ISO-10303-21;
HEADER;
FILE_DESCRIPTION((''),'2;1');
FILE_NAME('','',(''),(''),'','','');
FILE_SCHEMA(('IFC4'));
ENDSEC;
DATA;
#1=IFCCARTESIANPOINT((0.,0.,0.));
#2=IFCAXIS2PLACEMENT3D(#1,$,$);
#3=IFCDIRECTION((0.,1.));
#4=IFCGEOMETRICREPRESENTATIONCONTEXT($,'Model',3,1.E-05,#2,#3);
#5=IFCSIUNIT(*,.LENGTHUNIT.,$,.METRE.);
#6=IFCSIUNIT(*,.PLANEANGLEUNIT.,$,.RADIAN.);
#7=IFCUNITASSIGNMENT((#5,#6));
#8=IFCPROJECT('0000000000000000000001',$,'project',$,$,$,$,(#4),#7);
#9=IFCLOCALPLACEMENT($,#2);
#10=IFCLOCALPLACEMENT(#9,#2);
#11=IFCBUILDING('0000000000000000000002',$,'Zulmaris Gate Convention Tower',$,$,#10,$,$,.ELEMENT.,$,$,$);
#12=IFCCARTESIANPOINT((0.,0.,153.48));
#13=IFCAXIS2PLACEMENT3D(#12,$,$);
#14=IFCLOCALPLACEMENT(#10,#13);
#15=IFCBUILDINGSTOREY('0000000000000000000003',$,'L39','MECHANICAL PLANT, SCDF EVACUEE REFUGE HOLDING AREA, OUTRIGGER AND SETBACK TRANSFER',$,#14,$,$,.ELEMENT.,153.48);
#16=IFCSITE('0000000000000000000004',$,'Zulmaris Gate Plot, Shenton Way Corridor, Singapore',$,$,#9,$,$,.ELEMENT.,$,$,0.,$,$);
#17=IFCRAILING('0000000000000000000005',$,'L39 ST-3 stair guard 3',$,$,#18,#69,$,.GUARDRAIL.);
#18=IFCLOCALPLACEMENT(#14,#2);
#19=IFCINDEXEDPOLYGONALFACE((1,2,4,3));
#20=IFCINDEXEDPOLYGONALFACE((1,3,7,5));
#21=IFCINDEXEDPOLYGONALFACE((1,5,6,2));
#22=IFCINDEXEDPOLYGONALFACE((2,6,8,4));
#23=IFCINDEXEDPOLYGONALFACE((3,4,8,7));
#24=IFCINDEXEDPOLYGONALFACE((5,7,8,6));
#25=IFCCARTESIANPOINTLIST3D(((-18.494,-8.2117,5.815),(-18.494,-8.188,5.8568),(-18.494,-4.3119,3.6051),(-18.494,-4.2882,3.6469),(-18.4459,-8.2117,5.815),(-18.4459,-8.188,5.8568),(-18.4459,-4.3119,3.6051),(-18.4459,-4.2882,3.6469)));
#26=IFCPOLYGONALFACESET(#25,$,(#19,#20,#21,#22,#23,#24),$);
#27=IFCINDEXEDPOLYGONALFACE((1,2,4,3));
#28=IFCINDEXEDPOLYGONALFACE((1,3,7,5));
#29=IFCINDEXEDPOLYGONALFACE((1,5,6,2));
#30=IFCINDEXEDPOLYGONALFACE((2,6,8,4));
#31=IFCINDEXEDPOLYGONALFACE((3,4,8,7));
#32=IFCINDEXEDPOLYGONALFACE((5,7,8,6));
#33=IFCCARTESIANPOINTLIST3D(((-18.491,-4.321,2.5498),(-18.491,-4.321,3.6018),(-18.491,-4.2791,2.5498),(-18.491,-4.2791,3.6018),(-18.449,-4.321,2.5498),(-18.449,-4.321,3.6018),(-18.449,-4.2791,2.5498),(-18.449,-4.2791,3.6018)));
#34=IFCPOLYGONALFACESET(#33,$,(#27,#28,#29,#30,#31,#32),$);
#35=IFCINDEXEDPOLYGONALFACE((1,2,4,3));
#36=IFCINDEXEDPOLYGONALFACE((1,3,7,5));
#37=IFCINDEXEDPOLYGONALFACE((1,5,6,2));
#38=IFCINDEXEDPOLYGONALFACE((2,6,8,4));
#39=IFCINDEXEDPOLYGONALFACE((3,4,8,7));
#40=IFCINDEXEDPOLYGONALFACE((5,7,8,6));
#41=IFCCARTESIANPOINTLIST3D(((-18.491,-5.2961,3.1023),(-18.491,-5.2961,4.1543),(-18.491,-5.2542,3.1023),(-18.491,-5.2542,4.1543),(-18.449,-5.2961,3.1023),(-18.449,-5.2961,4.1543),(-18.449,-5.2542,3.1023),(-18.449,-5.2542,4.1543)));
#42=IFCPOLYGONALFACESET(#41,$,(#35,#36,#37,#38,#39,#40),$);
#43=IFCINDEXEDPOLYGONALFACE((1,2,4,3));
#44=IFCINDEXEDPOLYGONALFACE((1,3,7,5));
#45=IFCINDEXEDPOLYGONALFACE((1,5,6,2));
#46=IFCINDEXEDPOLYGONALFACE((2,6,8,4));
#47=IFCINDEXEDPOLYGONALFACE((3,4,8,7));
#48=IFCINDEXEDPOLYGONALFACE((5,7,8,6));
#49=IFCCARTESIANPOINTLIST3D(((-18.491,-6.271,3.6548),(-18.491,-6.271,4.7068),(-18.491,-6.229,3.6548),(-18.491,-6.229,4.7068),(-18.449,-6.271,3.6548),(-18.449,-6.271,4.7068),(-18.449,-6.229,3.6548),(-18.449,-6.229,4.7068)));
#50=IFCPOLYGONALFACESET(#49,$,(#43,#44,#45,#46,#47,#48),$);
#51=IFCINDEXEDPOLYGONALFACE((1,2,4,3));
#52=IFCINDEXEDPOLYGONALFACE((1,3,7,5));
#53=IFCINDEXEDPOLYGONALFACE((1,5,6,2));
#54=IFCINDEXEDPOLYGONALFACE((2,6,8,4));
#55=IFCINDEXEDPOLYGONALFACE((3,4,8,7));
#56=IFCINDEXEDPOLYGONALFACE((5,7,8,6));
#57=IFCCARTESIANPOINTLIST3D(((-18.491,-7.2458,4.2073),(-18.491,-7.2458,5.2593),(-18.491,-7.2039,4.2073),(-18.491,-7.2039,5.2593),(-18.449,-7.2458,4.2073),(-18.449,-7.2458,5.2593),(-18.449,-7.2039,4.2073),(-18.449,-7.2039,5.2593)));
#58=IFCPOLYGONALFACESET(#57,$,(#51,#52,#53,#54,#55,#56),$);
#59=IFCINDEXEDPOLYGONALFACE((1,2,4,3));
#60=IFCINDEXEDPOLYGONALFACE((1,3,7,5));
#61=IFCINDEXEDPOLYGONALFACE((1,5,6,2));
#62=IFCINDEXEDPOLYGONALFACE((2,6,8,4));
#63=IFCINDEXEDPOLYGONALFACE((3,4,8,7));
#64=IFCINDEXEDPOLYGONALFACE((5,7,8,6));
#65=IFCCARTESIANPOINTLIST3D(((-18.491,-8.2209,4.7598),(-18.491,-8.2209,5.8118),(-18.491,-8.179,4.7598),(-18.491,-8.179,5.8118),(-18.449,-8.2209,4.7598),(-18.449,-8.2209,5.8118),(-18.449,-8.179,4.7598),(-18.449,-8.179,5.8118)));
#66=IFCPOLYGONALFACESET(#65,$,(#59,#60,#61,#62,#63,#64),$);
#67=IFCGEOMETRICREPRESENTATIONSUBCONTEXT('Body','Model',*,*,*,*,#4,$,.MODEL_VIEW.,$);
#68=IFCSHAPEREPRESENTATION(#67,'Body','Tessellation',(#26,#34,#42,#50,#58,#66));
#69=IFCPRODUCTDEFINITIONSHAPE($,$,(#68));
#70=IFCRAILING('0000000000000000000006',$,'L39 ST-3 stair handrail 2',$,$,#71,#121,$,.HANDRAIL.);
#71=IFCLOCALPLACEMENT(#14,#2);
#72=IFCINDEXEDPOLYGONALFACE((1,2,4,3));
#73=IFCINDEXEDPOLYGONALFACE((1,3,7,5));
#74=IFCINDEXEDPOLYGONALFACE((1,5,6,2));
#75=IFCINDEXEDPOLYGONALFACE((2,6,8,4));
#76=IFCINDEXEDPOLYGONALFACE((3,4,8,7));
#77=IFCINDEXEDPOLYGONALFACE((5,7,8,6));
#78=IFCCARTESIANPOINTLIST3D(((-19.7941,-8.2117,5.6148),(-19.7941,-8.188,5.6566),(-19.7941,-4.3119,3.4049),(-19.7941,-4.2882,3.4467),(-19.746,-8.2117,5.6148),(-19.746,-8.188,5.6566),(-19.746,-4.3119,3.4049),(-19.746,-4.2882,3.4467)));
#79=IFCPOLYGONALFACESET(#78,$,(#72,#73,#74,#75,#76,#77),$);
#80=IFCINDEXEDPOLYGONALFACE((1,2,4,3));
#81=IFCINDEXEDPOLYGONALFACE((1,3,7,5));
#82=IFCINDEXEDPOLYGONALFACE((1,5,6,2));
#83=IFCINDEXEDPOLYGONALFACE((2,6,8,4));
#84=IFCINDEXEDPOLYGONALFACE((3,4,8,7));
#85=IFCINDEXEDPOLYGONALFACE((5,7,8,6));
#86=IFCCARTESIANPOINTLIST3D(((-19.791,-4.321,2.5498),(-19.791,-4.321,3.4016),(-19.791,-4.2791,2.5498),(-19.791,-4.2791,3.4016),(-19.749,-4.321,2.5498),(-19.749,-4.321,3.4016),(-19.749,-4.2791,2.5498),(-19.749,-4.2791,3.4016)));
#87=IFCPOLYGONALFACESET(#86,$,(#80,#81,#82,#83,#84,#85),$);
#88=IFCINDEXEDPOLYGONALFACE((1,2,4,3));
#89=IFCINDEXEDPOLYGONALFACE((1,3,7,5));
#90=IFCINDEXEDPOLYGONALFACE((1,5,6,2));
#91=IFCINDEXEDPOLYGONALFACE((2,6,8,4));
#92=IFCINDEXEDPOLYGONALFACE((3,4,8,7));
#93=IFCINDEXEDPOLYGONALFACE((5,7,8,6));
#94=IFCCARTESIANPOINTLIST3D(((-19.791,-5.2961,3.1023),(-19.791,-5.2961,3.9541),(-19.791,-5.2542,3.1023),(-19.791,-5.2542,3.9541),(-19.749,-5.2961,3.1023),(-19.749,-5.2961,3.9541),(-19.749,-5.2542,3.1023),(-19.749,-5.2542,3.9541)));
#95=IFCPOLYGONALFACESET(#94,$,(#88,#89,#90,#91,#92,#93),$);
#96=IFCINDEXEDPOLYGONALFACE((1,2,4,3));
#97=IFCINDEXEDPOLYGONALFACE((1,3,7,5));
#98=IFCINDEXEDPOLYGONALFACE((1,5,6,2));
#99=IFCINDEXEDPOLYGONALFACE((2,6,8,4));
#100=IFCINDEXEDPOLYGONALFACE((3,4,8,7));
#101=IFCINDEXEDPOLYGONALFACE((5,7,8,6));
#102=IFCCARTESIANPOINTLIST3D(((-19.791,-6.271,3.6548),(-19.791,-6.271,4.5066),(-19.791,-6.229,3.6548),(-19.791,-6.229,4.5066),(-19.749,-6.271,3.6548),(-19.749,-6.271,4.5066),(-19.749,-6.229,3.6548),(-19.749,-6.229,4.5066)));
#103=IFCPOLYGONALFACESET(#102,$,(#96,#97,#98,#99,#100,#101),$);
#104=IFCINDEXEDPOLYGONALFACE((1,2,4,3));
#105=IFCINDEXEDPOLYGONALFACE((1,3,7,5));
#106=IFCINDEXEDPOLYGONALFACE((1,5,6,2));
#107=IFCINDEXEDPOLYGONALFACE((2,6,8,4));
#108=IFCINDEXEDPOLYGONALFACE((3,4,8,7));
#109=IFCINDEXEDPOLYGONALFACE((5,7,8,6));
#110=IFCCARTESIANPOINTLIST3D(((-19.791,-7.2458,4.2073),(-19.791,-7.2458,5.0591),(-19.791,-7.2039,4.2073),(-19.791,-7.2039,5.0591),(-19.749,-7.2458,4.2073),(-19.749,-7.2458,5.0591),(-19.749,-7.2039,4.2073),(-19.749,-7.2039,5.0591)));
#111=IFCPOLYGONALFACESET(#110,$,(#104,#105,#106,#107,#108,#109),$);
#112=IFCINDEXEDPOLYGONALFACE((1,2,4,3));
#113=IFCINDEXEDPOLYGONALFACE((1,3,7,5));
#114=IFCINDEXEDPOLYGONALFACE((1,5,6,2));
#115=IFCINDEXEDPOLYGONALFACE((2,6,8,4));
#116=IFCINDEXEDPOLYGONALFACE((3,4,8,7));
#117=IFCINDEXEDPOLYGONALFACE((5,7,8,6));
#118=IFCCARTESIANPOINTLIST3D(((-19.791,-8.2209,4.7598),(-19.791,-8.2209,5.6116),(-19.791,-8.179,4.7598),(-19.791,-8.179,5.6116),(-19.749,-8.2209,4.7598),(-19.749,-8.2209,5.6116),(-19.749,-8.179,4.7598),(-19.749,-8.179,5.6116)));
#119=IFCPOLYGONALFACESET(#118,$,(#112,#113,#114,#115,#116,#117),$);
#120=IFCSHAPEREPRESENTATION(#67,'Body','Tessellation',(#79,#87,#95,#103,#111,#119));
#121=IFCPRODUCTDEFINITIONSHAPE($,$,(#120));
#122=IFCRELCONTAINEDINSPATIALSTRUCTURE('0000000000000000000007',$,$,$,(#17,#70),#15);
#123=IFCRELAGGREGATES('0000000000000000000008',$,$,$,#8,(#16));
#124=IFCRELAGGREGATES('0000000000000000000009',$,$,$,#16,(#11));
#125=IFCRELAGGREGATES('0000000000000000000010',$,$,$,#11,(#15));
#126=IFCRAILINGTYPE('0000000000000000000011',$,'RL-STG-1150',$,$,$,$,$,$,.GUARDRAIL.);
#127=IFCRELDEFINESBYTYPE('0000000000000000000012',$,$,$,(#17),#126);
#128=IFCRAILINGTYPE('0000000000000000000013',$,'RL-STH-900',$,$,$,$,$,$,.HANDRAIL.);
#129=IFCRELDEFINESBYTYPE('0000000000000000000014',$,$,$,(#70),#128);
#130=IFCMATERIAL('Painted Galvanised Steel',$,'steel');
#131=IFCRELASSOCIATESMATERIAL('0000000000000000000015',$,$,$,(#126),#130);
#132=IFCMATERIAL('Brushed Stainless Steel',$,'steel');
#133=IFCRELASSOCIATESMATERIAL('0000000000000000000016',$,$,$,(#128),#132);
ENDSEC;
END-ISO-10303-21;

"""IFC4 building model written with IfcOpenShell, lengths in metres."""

from ifc_helpers import new_model, si_unit, direction, frame, origin, origin_2d, place, context, subcontext, project, spatial, rectangle, extrude, material, type_object, element, save


model = new_model("IFC4")

# Units and contexts
model_context = context("Model", 3, precision=1e-05, world=origin(), true_north=direction((0.0, 1.0)))
body_context = subcontext(model_context, "Body", "Model", "MODEL_VIEW")
ifc_project = project(units=[si_unit("LENGTHUNIT", "METRE"), si_unit("PLANEANGLEUNIT", "RADIAN")], contexts=[model_context])

# Site, building, storey
site_placement = place(None, origin())
site = spatial("IfcSite", under=ifc_project, at=site_placement, Name="Zulmaris Gate Plot, Shenton Way Corridor, Singapore", CompositionType="ELEMENT", RefElevation=0.0)
building_placement = place(site_placement, origin())
building = spatial("IfcBuilding", under=site, at=building_placement, Name="Zulmaris Gate Convention Tower", CompositionType="ELEMENT")
storey_placement = place(building_placement, frame((0.0, 0.0, 153.48)))
storey = spatial("IfcBuildingStorey", under=building, at=storey_placement, Name="L39", Description="MECHANICAL PLANT, SCDF EVACUEE REFUGE HOLDING AREA, OUTRIGGER AND SETBACK TRANSFER", CompositionType="ELEMENT", Elevation=153.48)

# Railings
ifc_material_1 = material(Name="Painted Galvanised Steel", Category="steel")
railing_type_1 = type_object("IfcRailingType", Name="RL-STG-1150", PredefinedType="GUARDRAIL", material=ifc_material_1)
railing_1_placement = place(storey_placement, frame((-18.47, -4.3, 2.5498)))
element("IfcRailing", 1, at=railing_1_placement, inside=storey, type_object=railing_type_1, Name="L39 ST-3 stair guard 3", PredefinedType="GUARDRAIL", context=body_context, shape_type="SweptSolid", body=[
    extrude(rectangle(XDim=0.0481, YDim=0.0481, at=origin_2d()), frame((0.0, 0.0, 1.0762), z_axis=(0.0, -0.870021, 0.493015), x_axis=(1.0, 0.0, 0.0)), (0.0, 0.0, 1.0), 4.4824),
    extrude(rectangle(XDim=0.042, YDim=0.042, at=origin_2d()), origin(), (0.0, 0.0, 1.0), 1.052),
    extrude(rectangle(XDim=0.042, YDim=0.042, at=origin_2d()), frame((0.0, -0.9751, 0.5525)), (0.0, 0.0, 1.0), 1.052),
    extrude(rectangle(XDim=0.042, YDim=0.042, at=origin_2d()), frame((0.0, -1.95, 1.105)), (0.0, 0.0, 1.0), 1.052),
    extrude(rectangle(XDim=0.042, YDim=0.042, at=origin_2d()), frame((0.0, -2.9248, 1.6575)), (0.0, 0.0, 1.0), 1.052),
    extrude(rectangle(XDim=0.042, YDim=0.042, at=origin_2d()), frame((0.0, -3.8999, 2.21)), (0.0, 0.0, 1.0), 1.052),
])
ifc_material_2 = material(Name="Brushed Stainless Steel", Category="steel")
railing_type_2 = type_object("IfcRailingType", Name="RL-STH-900", PredefinedType="HANDRAIL", material=ifc_material_2)
railing_2_placement = place(storey_placement, frame((-19.77, -4.3, 2.5498)))
element("IfcRailing", 2, at=railing_2_placement, inside=storey, type_object=railing_type_2, Name="L39 ST-3 stair handrail 2", PredefinedType="HANDRAIL", context=body_context, shape_type="SweptSolid", body=[
    extrude(rectangle(XDim=0.0481, YDim=0.0481, at=origin_2d()), frame((0.0, 0.0, 0.876), z_axis=(0.0, -0.870021, 0.493015), x_axis=(1.0, 0.0, 0.0)), (0.0, 0.0, 1.0), 4.4824),
    extrude(rectangle(XDim=0.042, YDim=0.042, at=origin_2d()), origin(), (0.0, 0.0, 1.0), 0.8518),
    extrude(rectangle(XDim=0.042, YDim=0.042, at=origin_2d()), frame((0.0, -0.9751, 0.5525)), (0.0, 0.0, 1.0), 0.8518),
    extrude(rectangle(XDim=0.042, YDim=0.042, at=origin_2d()), frame((0.0, -1.95, 1.105)), (0.0, 0.0, 1.0), 0.8518),
    extrude(rectangle(XDim=0.042, YDim=0.042, at=origin_2d()), frame((0.0, -2.9248, 1.6575)), (0.0, 0.0, 1.0), 0.8518),
    extrude(rectangle(XDim=0.042, YDim=0.042, at=origin_2d()), frame((0.0, -3.8999, 2.21)), (0.0, 0.0, 1.0), 0.8518),
])

save(model, "model.ifc")
